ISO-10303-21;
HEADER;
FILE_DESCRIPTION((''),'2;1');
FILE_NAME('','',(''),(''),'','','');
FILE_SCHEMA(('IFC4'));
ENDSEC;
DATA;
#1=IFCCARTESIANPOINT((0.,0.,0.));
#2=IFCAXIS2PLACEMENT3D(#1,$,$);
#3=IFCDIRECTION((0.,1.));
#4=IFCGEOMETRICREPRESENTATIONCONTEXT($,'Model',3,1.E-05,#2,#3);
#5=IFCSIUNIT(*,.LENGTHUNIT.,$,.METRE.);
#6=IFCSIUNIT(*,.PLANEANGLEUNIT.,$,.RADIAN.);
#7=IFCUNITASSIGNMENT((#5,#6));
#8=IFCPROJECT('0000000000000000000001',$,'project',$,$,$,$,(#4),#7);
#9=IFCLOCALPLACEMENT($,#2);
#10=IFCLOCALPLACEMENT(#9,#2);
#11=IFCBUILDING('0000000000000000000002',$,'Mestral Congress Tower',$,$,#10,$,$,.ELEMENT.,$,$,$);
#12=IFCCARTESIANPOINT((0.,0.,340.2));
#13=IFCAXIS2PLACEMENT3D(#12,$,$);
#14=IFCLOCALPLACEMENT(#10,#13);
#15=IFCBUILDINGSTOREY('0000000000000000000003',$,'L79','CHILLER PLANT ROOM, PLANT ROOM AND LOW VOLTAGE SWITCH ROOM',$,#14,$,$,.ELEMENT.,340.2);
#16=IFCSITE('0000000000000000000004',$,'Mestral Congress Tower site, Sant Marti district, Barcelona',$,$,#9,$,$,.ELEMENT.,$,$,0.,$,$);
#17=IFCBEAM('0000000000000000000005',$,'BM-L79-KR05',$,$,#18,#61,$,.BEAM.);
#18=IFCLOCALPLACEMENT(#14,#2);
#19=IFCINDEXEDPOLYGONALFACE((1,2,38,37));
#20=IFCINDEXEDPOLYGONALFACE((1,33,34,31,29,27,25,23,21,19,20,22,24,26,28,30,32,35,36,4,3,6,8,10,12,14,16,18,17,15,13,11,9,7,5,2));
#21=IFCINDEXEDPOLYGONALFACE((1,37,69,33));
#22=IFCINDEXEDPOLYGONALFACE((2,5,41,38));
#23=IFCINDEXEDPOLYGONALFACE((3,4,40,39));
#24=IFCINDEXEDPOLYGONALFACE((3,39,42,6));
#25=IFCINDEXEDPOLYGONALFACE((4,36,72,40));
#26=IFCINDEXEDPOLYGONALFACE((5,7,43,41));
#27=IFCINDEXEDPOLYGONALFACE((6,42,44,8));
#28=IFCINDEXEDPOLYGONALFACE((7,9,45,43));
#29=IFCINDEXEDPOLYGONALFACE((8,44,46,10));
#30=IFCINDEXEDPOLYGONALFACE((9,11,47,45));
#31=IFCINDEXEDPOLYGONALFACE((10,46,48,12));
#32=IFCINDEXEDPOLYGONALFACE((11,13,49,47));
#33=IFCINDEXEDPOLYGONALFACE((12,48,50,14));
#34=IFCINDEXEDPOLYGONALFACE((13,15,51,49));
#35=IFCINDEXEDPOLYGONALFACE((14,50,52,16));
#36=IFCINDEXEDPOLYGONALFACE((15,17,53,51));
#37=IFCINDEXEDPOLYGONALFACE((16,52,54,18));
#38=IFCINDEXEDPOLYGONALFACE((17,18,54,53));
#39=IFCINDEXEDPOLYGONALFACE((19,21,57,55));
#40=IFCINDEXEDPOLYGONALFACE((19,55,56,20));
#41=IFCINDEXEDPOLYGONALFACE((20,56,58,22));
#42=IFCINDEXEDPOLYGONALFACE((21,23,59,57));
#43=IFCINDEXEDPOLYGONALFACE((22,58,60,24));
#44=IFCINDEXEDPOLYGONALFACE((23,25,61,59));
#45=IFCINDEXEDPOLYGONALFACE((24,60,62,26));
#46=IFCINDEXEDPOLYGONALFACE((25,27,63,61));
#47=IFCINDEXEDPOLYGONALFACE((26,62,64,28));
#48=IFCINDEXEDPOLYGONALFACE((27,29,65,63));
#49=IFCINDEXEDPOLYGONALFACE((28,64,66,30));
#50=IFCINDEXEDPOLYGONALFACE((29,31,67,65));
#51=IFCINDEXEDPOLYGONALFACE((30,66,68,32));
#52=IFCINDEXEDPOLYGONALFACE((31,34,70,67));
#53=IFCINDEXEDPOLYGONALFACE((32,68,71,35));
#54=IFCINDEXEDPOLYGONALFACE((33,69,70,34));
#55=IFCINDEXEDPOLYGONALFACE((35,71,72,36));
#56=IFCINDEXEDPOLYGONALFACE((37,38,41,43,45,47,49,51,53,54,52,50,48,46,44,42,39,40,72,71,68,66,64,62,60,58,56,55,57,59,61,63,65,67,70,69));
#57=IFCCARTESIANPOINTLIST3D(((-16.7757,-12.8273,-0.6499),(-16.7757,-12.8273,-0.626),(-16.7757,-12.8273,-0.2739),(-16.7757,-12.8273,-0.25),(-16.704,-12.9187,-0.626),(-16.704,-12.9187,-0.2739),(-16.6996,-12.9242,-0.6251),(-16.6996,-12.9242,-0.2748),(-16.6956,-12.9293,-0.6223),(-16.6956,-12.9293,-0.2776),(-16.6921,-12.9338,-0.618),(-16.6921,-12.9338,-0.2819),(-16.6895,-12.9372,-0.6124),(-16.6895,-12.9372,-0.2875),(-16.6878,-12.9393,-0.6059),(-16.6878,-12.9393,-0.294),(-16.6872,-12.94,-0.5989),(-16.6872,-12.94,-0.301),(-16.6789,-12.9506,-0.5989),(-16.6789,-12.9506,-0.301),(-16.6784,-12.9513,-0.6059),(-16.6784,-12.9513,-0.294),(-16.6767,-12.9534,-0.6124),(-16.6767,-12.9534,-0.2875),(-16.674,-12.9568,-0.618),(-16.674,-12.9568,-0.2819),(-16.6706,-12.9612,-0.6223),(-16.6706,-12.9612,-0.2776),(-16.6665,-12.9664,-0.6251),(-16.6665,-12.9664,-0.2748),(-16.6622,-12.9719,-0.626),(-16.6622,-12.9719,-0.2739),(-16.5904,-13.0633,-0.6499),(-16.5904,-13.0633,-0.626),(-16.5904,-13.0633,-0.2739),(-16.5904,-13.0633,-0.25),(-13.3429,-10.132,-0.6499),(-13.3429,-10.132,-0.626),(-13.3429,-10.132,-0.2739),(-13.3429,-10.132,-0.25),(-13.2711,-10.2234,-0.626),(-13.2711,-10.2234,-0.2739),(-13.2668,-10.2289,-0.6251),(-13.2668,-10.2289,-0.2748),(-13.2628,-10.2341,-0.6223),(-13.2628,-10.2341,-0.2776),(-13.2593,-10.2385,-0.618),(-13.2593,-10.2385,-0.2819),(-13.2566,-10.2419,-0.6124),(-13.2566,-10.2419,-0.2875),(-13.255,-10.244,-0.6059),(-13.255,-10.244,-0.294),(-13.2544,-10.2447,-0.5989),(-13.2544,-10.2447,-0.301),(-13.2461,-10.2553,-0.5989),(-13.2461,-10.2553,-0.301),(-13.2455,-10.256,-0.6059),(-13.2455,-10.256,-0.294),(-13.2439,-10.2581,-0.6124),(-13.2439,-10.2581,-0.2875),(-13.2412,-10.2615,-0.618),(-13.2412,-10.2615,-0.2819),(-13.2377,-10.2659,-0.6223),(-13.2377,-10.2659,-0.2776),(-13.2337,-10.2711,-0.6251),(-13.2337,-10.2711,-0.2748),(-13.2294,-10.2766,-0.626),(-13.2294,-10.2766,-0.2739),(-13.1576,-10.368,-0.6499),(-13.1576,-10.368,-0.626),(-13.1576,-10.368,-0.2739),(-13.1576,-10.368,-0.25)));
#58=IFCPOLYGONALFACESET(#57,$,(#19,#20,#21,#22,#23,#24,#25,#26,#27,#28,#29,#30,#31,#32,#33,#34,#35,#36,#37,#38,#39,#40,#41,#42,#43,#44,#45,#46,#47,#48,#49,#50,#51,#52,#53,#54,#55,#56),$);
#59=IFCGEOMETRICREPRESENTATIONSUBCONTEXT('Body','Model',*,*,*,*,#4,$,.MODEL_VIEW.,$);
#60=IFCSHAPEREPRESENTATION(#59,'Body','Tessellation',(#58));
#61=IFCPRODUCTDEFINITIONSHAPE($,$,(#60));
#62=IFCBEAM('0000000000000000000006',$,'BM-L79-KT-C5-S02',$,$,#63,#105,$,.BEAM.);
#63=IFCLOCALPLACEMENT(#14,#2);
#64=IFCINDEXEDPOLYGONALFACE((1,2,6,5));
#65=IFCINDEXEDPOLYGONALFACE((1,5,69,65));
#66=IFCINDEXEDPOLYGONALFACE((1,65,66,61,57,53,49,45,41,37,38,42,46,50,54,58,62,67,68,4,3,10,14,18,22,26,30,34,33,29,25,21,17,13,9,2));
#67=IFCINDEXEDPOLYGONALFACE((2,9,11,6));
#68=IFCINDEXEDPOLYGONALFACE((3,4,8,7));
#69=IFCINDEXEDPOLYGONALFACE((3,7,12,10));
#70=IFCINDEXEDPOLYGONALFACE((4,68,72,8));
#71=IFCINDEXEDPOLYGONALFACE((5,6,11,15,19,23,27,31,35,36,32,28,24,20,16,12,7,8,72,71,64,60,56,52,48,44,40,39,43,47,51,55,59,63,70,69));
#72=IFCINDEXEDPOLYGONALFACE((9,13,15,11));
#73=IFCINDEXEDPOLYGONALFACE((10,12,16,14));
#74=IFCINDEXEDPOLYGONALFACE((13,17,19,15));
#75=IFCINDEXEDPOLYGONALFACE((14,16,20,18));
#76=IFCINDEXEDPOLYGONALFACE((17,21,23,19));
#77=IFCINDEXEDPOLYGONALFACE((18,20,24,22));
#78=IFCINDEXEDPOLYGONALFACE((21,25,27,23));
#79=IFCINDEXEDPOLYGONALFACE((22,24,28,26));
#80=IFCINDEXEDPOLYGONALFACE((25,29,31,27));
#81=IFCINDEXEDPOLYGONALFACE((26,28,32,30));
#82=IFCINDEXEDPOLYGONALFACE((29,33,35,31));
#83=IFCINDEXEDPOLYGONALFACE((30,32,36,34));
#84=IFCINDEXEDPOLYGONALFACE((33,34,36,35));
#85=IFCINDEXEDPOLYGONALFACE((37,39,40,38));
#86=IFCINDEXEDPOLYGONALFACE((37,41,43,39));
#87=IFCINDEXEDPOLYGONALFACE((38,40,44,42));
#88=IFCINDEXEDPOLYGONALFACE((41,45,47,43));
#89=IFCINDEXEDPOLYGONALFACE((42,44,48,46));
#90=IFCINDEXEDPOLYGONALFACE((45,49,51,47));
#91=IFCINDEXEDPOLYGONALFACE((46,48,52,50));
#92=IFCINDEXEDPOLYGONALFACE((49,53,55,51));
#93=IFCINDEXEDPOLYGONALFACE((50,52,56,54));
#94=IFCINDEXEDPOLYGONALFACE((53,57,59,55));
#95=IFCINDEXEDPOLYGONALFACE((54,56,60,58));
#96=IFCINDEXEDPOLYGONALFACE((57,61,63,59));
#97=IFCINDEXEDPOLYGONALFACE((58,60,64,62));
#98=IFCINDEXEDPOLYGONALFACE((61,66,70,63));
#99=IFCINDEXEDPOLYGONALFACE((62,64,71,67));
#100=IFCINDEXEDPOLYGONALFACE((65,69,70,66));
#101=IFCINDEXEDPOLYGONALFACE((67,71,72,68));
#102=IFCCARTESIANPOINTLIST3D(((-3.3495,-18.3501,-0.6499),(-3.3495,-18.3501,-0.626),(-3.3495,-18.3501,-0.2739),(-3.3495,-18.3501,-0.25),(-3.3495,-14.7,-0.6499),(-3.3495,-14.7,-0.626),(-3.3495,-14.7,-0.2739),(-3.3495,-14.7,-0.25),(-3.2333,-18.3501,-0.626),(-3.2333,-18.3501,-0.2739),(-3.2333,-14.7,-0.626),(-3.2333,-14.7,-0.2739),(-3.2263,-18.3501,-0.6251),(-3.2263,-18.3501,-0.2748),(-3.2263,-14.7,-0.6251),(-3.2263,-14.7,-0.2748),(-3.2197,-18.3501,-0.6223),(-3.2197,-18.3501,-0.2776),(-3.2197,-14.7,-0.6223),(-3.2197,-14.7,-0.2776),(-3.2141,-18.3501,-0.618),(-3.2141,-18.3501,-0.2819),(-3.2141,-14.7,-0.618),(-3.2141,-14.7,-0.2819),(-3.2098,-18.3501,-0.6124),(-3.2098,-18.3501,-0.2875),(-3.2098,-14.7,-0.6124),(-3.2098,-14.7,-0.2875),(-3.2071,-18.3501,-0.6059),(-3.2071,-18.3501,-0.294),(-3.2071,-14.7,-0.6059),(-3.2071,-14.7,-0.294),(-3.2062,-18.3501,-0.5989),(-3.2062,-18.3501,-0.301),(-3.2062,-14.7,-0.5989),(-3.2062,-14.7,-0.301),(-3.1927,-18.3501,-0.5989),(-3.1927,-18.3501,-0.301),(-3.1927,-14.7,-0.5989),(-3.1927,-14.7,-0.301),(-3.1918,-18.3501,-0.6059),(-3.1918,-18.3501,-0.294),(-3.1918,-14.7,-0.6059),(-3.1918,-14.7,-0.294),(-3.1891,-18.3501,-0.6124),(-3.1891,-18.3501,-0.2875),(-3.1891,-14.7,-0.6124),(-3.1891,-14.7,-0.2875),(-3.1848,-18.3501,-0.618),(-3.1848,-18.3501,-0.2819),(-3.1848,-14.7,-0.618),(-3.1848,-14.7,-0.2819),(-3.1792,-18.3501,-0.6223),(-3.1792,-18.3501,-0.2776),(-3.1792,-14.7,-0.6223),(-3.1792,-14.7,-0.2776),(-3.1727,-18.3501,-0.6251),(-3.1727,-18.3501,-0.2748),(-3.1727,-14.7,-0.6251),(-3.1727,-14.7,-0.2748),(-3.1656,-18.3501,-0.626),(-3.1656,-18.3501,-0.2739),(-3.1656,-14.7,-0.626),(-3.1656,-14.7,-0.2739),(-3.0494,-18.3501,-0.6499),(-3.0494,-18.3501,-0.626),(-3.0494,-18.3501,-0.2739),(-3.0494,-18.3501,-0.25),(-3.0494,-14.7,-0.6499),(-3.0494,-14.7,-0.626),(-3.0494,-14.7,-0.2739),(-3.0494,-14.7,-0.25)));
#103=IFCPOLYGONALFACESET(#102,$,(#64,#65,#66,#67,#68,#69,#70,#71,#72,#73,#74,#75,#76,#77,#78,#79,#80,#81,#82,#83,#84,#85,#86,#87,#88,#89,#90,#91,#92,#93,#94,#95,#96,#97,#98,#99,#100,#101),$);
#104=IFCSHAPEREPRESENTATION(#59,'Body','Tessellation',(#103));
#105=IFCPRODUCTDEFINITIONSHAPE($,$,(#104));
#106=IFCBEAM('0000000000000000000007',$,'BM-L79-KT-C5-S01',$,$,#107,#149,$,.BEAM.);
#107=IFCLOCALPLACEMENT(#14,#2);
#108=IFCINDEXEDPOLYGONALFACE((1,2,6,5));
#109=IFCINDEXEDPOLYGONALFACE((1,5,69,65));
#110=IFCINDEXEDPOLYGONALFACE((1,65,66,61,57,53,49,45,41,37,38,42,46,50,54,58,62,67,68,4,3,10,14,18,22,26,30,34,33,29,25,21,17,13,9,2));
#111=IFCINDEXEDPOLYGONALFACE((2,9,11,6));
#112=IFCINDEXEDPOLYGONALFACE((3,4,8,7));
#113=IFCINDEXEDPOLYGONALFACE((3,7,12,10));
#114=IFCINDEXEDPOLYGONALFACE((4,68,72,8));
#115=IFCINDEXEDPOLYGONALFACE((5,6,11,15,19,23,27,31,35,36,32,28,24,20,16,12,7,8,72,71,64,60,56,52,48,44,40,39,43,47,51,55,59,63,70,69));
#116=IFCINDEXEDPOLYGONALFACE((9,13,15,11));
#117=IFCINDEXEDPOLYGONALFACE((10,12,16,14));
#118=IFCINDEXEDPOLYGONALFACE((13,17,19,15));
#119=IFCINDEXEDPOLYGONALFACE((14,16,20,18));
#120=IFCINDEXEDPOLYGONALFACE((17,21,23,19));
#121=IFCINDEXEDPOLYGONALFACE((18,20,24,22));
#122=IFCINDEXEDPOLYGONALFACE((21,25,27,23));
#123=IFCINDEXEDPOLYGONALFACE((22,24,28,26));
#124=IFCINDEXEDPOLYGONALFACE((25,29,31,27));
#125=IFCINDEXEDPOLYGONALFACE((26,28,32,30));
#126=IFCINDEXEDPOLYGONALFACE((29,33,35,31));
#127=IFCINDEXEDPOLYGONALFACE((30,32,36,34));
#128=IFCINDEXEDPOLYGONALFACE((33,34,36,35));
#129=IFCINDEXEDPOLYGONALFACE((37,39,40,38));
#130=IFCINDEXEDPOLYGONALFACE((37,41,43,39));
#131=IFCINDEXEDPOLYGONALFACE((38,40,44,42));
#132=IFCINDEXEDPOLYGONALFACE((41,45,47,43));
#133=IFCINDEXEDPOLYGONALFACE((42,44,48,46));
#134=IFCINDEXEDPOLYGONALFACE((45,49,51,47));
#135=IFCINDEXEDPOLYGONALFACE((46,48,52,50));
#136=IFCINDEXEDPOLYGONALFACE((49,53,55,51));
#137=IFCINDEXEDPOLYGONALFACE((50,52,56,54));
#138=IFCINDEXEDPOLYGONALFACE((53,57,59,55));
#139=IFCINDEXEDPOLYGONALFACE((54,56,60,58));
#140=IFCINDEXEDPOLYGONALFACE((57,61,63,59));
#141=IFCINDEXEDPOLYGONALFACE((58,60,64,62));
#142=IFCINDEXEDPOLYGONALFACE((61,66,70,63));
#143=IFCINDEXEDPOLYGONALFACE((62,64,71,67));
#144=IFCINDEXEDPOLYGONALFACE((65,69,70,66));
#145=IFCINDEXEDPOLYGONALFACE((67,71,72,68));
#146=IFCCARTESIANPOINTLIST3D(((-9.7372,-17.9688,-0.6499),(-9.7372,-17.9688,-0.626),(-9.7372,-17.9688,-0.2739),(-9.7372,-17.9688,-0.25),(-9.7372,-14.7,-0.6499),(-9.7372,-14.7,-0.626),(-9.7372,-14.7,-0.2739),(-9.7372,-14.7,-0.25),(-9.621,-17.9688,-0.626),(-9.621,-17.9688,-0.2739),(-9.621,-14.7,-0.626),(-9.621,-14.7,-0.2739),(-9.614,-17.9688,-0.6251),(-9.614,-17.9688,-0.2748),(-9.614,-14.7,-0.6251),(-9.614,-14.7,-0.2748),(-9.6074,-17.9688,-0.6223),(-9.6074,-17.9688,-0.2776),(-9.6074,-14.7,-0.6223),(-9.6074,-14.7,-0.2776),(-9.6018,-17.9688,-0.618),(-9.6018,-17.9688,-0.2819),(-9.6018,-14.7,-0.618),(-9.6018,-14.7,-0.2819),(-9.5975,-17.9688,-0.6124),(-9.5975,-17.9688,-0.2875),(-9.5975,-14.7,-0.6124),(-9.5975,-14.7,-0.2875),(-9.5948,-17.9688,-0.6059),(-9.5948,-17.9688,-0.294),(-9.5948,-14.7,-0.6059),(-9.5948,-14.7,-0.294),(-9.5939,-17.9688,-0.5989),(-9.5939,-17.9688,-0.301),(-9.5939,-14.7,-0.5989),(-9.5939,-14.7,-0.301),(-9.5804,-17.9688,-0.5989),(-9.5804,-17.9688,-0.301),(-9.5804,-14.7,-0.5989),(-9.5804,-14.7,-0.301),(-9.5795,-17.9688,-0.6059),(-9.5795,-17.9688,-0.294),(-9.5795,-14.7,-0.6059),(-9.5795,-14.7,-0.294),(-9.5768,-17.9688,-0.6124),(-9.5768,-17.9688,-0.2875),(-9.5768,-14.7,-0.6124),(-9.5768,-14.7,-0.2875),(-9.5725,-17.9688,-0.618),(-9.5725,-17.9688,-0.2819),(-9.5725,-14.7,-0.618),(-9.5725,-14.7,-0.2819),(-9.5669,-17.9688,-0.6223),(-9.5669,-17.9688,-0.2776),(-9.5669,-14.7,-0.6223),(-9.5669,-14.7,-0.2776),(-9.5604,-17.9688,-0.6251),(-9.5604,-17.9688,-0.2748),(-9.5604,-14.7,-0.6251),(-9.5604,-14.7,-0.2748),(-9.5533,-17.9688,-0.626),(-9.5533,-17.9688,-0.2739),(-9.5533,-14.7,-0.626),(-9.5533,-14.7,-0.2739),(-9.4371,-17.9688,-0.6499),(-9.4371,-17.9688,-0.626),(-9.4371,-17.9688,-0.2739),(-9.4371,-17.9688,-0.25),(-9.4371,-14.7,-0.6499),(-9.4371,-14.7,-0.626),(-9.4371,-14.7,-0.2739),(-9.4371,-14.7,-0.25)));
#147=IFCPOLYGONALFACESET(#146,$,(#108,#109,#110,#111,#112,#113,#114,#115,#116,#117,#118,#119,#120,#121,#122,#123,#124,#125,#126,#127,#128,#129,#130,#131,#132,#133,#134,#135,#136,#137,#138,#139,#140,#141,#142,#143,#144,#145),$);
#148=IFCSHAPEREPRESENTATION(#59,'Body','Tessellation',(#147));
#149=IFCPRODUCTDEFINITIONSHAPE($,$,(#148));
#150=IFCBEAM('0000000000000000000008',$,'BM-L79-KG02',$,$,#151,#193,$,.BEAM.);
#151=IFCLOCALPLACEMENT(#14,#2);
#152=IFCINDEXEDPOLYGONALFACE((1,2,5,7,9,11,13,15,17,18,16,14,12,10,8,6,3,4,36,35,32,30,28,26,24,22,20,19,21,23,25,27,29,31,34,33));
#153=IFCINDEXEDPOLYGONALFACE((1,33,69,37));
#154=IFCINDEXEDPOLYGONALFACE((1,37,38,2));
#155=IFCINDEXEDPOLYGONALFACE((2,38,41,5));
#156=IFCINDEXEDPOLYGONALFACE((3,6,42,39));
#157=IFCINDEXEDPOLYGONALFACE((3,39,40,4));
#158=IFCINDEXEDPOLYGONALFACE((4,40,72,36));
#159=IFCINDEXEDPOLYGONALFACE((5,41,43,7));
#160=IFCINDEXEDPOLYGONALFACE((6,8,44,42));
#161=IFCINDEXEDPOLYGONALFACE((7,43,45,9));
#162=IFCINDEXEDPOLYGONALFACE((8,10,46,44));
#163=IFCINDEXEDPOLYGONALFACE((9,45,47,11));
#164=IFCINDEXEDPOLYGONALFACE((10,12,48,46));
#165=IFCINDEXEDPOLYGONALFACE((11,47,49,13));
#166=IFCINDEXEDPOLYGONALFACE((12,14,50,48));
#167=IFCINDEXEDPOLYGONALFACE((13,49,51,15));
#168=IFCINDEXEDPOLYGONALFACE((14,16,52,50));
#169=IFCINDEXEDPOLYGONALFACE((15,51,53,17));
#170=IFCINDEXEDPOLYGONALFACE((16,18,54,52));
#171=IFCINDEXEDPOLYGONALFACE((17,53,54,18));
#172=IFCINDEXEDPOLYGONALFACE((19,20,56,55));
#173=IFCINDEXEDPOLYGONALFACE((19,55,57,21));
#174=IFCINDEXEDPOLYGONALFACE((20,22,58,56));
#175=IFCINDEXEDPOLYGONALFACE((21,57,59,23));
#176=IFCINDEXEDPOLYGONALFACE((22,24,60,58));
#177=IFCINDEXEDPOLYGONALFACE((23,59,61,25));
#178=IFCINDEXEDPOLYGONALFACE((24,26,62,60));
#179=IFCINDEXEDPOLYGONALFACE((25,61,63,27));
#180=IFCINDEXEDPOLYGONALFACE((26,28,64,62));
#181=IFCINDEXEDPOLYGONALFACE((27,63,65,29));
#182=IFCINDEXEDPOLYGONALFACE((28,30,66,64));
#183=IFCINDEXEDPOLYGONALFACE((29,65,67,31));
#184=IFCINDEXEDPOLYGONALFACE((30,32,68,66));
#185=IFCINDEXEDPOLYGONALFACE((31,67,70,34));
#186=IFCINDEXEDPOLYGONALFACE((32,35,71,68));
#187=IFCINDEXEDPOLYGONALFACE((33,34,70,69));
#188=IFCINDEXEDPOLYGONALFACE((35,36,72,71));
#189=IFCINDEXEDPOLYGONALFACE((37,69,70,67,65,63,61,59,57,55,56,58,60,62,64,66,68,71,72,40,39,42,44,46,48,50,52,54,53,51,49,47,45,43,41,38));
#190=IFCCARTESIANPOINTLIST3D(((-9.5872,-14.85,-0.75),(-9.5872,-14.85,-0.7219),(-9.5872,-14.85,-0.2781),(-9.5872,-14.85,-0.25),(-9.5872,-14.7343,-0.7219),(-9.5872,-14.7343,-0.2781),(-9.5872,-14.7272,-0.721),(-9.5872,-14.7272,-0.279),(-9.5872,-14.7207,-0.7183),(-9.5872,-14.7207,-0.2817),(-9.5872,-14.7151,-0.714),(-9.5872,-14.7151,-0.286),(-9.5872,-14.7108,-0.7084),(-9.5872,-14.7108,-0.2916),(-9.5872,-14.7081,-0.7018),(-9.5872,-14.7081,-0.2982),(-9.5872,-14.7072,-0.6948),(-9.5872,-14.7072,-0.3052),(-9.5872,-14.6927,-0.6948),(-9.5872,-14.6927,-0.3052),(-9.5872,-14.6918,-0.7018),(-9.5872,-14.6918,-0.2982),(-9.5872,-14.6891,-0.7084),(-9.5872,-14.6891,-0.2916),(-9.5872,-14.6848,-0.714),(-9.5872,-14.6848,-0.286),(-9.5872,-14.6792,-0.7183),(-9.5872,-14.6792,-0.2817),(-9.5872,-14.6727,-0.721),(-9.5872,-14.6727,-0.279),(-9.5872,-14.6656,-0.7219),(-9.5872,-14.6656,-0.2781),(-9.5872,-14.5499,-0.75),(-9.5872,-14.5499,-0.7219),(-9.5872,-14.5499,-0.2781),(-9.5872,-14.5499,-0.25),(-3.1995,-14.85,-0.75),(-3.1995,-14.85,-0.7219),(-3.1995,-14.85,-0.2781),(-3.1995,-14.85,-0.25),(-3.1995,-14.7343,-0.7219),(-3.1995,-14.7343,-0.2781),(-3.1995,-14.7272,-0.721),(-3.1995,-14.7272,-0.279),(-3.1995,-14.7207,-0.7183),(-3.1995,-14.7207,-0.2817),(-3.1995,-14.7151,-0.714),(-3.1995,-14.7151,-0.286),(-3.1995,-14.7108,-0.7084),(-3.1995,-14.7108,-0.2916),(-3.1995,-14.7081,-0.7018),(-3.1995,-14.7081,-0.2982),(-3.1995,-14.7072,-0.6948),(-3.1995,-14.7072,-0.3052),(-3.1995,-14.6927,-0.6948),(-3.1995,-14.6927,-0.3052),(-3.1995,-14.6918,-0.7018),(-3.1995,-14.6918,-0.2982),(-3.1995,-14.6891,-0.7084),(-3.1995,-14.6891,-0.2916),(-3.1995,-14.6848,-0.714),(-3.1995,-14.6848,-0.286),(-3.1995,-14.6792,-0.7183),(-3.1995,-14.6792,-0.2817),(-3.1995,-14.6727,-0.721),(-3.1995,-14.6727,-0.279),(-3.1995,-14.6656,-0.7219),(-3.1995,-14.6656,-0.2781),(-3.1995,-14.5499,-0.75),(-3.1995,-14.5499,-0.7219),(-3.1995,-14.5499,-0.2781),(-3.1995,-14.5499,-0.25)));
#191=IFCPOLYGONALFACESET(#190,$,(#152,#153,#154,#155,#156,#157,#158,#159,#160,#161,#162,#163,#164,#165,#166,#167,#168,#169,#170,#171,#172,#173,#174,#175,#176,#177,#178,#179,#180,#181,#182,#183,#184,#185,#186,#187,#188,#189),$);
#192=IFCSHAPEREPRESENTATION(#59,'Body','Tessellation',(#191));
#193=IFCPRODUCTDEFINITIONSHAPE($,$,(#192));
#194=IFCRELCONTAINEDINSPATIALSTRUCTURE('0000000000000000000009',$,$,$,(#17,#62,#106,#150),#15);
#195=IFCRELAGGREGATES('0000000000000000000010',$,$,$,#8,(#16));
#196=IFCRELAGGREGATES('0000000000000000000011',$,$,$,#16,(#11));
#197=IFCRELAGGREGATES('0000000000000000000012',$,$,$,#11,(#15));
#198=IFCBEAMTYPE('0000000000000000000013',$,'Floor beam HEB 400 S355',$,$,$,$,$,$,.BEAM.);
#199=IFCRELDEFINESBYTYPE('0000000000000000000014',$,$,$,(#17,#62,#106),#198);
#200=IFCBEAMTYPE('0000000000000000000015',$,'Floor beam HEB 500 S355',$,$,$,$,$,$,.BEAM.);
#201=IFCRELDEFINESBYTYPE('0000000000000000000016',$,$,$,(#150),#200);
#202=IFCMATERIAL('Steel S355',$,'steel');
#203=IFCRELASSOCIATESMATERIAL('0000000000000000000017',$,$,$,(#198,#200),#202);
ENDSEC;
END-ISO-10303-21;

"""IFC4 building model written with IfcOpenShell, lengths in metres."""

from ifc_helpers import new_model, si_unit, direction, frame, origin, origin_2d, place, context, subcontext, project, spatial, i_section, extrude, material, material_profile, profile_set, type_object, element, save


model = new_model("IFC4")

# Units and contexts
model_context = context("Model", 3, precision=1e-05, world=origin(), true_north=direction((0.0, 1.0)))
body_context = subcontext(model_context, "Body", "Model", "MODEL_VIEW")
ifc_project = project(units=[si_unit("LENGTHUNIT", "METRE"), si_unit("PLANEANGLEUNIT", "RADIAN")], contexts=[model_context])

# Site, building, storey
site_placement = place(None, origin())
site = spatial("IfcSite", under=ifc_project, at=site_placement, Name="Mestral Congress Tower site, Sant Marti district, Barcelona", CompositionType="ELEMENT", RefElevation=0.0)
building_placement = place(site_placement, origin())
building = spatial("IfcBuilding", under=site, at=building_placement, Name="Mestral Congress Tower", CompositionType="ELEMENT")
storey_placement = place(building_placement, frame((0.0, 0.0, 340.2)))
storey = spatial("IfcBuildingStorey", under=building, at=storey_placement, Name="L79", Description="CHILLER PLANT ROOM, PLANT ROOM AND LOW VOLTAGE SWITCH ROOM", CompositionType="ELEMENT", Elevation=340.2)

# Shared definitions
ifc_material_1 = material(Name="Steel S355", Category="steel")

# Beams
ifc_material_profile_1 = material_profile(ifc_material_1, i_section(OverallWidth=0.3, OverallDepth=0.3999, WebThickness=0.0134, FlangeThickness=0.0239, FilletRadius=0.0271, at=origin_2d()), Name="HEB 400")
ifc_profile_set_1 = profile_set([ifc_material_profile_1], Name="Steel S355")
beam_type_1 = type_object("IfcBeamType", Name="Floor beam HEB 400 S355", PredefinedType="BEAM", material=ifc_profile_set_1)
beam_1_placement = place(storey_placement, frame((-13.2502, -10.25, -0.45), z_axis=(-0.786534, -0.617547, 0.0), x_axis=(0.617547, -0.786534, 0.0)))
element("IfcBeam", 1, at=beam_1_placement, inside=storey, type_object=beam_type_1, Name="BM-L79-KR05", PredefinedType="BEAM", context=body_context, shape_type="SweptSolid", body=[
    extrude(i_section(OverallWidth=0.3, OverallDepth=0.3999, WebThickness=0.0134, FlangeThickness=0.0239, FilletRadius=0.0271, at=origin_2d()), origin(), (0.0, 0.0, 1.0), 4.3645),
])
beam_2_placement = place(storey_placement, frame((-3.1995, -18.3501, -0.45), z_axis=(0.0, 1.0, 0.0), x_axis=(-1.0, 0.0, 0.0)))
element("IfcBeam", 2, at=beam_2_placement, inside=storey, type_object=beam_type_1, Name="BM-L79-KT-C5-S02", PredefinedType="BEAM", context=body_context, shape_type="SweptSolid", body=[
    extrude(i_section(OverallWidth=0.3, OverallDepth=0.3999, WebThickness=0.0134, FlangeThickness=0.0239, FilletRadius=0.0271, at=origin_2d()), origin(), (0.0, 0.0, 1.0), 3.6501),
])
beam_3_placement = place(storey_placement, frame((-9.5872, -17.9688, -0.45), z_axis=(0.0, 1.0, 0.0), x_axis=(-1.0, 0.0, 0.0)))
element("IfcBeam", 3, at=beam_3_placement, inside=storey, type_object=beam_type_1, Name="BM-L79-KT-C5-S01", PredefinedType="BEAM", context=body_context, shape_type="SweptSolid", body=[
    extrude(i_section(OverallWidth=0.3, OverallDepth=0.3999, WebThickness=0.0134, FlangeThickness=0.0239, FilletRadius=0.0271, at=origin_2d()), origin(), (0.0, 0.0, 1.0), 3.2688),
])
ifc_material_profile_2 = material_profile(ifc_material_1, i_section(OverallWidth=0.3, OverallDepth=0.5, WebThickness=0.0144, FlangeThickness=0.0281, FilletRadius=0.0271, at=origin_2d()), Name="HEB 500")
ifc_profile_set_2 = profile_set([ifc_material_profile_2], Name="Steel S355")
beam_type_2 = type_object("IfcBeamType", Name="Floor beam HEB 500 S355", PredefinedType="BEAM", material=ifc_profile_set_2)
beam_4_placement = place(storey_placement, frame((-3.1995, -14.7, -0.5), z_axis=(-1.0, 0.0, 0.0), x_axis=(0.0, -1.0, 0.0)))
element("IfcBeam", 4, at=beam_4_placement, inside=storey, type_object=beam_type_2, Name="BM-L79-KG02", PredefinedType="BEAM", context=body_context, shape_type="SweptSolid", body=[
    extrude(i_section(OverallWidth=0.3, OverallDepth=0.5, WebThickness=0.0144, FlangeThickness=0.0281, FilletRadius=0.0271, at=origin_2d()), origin(), (0.0, 0.0, 1.0), 6.3877),
])

save(model, "model.ifc")
